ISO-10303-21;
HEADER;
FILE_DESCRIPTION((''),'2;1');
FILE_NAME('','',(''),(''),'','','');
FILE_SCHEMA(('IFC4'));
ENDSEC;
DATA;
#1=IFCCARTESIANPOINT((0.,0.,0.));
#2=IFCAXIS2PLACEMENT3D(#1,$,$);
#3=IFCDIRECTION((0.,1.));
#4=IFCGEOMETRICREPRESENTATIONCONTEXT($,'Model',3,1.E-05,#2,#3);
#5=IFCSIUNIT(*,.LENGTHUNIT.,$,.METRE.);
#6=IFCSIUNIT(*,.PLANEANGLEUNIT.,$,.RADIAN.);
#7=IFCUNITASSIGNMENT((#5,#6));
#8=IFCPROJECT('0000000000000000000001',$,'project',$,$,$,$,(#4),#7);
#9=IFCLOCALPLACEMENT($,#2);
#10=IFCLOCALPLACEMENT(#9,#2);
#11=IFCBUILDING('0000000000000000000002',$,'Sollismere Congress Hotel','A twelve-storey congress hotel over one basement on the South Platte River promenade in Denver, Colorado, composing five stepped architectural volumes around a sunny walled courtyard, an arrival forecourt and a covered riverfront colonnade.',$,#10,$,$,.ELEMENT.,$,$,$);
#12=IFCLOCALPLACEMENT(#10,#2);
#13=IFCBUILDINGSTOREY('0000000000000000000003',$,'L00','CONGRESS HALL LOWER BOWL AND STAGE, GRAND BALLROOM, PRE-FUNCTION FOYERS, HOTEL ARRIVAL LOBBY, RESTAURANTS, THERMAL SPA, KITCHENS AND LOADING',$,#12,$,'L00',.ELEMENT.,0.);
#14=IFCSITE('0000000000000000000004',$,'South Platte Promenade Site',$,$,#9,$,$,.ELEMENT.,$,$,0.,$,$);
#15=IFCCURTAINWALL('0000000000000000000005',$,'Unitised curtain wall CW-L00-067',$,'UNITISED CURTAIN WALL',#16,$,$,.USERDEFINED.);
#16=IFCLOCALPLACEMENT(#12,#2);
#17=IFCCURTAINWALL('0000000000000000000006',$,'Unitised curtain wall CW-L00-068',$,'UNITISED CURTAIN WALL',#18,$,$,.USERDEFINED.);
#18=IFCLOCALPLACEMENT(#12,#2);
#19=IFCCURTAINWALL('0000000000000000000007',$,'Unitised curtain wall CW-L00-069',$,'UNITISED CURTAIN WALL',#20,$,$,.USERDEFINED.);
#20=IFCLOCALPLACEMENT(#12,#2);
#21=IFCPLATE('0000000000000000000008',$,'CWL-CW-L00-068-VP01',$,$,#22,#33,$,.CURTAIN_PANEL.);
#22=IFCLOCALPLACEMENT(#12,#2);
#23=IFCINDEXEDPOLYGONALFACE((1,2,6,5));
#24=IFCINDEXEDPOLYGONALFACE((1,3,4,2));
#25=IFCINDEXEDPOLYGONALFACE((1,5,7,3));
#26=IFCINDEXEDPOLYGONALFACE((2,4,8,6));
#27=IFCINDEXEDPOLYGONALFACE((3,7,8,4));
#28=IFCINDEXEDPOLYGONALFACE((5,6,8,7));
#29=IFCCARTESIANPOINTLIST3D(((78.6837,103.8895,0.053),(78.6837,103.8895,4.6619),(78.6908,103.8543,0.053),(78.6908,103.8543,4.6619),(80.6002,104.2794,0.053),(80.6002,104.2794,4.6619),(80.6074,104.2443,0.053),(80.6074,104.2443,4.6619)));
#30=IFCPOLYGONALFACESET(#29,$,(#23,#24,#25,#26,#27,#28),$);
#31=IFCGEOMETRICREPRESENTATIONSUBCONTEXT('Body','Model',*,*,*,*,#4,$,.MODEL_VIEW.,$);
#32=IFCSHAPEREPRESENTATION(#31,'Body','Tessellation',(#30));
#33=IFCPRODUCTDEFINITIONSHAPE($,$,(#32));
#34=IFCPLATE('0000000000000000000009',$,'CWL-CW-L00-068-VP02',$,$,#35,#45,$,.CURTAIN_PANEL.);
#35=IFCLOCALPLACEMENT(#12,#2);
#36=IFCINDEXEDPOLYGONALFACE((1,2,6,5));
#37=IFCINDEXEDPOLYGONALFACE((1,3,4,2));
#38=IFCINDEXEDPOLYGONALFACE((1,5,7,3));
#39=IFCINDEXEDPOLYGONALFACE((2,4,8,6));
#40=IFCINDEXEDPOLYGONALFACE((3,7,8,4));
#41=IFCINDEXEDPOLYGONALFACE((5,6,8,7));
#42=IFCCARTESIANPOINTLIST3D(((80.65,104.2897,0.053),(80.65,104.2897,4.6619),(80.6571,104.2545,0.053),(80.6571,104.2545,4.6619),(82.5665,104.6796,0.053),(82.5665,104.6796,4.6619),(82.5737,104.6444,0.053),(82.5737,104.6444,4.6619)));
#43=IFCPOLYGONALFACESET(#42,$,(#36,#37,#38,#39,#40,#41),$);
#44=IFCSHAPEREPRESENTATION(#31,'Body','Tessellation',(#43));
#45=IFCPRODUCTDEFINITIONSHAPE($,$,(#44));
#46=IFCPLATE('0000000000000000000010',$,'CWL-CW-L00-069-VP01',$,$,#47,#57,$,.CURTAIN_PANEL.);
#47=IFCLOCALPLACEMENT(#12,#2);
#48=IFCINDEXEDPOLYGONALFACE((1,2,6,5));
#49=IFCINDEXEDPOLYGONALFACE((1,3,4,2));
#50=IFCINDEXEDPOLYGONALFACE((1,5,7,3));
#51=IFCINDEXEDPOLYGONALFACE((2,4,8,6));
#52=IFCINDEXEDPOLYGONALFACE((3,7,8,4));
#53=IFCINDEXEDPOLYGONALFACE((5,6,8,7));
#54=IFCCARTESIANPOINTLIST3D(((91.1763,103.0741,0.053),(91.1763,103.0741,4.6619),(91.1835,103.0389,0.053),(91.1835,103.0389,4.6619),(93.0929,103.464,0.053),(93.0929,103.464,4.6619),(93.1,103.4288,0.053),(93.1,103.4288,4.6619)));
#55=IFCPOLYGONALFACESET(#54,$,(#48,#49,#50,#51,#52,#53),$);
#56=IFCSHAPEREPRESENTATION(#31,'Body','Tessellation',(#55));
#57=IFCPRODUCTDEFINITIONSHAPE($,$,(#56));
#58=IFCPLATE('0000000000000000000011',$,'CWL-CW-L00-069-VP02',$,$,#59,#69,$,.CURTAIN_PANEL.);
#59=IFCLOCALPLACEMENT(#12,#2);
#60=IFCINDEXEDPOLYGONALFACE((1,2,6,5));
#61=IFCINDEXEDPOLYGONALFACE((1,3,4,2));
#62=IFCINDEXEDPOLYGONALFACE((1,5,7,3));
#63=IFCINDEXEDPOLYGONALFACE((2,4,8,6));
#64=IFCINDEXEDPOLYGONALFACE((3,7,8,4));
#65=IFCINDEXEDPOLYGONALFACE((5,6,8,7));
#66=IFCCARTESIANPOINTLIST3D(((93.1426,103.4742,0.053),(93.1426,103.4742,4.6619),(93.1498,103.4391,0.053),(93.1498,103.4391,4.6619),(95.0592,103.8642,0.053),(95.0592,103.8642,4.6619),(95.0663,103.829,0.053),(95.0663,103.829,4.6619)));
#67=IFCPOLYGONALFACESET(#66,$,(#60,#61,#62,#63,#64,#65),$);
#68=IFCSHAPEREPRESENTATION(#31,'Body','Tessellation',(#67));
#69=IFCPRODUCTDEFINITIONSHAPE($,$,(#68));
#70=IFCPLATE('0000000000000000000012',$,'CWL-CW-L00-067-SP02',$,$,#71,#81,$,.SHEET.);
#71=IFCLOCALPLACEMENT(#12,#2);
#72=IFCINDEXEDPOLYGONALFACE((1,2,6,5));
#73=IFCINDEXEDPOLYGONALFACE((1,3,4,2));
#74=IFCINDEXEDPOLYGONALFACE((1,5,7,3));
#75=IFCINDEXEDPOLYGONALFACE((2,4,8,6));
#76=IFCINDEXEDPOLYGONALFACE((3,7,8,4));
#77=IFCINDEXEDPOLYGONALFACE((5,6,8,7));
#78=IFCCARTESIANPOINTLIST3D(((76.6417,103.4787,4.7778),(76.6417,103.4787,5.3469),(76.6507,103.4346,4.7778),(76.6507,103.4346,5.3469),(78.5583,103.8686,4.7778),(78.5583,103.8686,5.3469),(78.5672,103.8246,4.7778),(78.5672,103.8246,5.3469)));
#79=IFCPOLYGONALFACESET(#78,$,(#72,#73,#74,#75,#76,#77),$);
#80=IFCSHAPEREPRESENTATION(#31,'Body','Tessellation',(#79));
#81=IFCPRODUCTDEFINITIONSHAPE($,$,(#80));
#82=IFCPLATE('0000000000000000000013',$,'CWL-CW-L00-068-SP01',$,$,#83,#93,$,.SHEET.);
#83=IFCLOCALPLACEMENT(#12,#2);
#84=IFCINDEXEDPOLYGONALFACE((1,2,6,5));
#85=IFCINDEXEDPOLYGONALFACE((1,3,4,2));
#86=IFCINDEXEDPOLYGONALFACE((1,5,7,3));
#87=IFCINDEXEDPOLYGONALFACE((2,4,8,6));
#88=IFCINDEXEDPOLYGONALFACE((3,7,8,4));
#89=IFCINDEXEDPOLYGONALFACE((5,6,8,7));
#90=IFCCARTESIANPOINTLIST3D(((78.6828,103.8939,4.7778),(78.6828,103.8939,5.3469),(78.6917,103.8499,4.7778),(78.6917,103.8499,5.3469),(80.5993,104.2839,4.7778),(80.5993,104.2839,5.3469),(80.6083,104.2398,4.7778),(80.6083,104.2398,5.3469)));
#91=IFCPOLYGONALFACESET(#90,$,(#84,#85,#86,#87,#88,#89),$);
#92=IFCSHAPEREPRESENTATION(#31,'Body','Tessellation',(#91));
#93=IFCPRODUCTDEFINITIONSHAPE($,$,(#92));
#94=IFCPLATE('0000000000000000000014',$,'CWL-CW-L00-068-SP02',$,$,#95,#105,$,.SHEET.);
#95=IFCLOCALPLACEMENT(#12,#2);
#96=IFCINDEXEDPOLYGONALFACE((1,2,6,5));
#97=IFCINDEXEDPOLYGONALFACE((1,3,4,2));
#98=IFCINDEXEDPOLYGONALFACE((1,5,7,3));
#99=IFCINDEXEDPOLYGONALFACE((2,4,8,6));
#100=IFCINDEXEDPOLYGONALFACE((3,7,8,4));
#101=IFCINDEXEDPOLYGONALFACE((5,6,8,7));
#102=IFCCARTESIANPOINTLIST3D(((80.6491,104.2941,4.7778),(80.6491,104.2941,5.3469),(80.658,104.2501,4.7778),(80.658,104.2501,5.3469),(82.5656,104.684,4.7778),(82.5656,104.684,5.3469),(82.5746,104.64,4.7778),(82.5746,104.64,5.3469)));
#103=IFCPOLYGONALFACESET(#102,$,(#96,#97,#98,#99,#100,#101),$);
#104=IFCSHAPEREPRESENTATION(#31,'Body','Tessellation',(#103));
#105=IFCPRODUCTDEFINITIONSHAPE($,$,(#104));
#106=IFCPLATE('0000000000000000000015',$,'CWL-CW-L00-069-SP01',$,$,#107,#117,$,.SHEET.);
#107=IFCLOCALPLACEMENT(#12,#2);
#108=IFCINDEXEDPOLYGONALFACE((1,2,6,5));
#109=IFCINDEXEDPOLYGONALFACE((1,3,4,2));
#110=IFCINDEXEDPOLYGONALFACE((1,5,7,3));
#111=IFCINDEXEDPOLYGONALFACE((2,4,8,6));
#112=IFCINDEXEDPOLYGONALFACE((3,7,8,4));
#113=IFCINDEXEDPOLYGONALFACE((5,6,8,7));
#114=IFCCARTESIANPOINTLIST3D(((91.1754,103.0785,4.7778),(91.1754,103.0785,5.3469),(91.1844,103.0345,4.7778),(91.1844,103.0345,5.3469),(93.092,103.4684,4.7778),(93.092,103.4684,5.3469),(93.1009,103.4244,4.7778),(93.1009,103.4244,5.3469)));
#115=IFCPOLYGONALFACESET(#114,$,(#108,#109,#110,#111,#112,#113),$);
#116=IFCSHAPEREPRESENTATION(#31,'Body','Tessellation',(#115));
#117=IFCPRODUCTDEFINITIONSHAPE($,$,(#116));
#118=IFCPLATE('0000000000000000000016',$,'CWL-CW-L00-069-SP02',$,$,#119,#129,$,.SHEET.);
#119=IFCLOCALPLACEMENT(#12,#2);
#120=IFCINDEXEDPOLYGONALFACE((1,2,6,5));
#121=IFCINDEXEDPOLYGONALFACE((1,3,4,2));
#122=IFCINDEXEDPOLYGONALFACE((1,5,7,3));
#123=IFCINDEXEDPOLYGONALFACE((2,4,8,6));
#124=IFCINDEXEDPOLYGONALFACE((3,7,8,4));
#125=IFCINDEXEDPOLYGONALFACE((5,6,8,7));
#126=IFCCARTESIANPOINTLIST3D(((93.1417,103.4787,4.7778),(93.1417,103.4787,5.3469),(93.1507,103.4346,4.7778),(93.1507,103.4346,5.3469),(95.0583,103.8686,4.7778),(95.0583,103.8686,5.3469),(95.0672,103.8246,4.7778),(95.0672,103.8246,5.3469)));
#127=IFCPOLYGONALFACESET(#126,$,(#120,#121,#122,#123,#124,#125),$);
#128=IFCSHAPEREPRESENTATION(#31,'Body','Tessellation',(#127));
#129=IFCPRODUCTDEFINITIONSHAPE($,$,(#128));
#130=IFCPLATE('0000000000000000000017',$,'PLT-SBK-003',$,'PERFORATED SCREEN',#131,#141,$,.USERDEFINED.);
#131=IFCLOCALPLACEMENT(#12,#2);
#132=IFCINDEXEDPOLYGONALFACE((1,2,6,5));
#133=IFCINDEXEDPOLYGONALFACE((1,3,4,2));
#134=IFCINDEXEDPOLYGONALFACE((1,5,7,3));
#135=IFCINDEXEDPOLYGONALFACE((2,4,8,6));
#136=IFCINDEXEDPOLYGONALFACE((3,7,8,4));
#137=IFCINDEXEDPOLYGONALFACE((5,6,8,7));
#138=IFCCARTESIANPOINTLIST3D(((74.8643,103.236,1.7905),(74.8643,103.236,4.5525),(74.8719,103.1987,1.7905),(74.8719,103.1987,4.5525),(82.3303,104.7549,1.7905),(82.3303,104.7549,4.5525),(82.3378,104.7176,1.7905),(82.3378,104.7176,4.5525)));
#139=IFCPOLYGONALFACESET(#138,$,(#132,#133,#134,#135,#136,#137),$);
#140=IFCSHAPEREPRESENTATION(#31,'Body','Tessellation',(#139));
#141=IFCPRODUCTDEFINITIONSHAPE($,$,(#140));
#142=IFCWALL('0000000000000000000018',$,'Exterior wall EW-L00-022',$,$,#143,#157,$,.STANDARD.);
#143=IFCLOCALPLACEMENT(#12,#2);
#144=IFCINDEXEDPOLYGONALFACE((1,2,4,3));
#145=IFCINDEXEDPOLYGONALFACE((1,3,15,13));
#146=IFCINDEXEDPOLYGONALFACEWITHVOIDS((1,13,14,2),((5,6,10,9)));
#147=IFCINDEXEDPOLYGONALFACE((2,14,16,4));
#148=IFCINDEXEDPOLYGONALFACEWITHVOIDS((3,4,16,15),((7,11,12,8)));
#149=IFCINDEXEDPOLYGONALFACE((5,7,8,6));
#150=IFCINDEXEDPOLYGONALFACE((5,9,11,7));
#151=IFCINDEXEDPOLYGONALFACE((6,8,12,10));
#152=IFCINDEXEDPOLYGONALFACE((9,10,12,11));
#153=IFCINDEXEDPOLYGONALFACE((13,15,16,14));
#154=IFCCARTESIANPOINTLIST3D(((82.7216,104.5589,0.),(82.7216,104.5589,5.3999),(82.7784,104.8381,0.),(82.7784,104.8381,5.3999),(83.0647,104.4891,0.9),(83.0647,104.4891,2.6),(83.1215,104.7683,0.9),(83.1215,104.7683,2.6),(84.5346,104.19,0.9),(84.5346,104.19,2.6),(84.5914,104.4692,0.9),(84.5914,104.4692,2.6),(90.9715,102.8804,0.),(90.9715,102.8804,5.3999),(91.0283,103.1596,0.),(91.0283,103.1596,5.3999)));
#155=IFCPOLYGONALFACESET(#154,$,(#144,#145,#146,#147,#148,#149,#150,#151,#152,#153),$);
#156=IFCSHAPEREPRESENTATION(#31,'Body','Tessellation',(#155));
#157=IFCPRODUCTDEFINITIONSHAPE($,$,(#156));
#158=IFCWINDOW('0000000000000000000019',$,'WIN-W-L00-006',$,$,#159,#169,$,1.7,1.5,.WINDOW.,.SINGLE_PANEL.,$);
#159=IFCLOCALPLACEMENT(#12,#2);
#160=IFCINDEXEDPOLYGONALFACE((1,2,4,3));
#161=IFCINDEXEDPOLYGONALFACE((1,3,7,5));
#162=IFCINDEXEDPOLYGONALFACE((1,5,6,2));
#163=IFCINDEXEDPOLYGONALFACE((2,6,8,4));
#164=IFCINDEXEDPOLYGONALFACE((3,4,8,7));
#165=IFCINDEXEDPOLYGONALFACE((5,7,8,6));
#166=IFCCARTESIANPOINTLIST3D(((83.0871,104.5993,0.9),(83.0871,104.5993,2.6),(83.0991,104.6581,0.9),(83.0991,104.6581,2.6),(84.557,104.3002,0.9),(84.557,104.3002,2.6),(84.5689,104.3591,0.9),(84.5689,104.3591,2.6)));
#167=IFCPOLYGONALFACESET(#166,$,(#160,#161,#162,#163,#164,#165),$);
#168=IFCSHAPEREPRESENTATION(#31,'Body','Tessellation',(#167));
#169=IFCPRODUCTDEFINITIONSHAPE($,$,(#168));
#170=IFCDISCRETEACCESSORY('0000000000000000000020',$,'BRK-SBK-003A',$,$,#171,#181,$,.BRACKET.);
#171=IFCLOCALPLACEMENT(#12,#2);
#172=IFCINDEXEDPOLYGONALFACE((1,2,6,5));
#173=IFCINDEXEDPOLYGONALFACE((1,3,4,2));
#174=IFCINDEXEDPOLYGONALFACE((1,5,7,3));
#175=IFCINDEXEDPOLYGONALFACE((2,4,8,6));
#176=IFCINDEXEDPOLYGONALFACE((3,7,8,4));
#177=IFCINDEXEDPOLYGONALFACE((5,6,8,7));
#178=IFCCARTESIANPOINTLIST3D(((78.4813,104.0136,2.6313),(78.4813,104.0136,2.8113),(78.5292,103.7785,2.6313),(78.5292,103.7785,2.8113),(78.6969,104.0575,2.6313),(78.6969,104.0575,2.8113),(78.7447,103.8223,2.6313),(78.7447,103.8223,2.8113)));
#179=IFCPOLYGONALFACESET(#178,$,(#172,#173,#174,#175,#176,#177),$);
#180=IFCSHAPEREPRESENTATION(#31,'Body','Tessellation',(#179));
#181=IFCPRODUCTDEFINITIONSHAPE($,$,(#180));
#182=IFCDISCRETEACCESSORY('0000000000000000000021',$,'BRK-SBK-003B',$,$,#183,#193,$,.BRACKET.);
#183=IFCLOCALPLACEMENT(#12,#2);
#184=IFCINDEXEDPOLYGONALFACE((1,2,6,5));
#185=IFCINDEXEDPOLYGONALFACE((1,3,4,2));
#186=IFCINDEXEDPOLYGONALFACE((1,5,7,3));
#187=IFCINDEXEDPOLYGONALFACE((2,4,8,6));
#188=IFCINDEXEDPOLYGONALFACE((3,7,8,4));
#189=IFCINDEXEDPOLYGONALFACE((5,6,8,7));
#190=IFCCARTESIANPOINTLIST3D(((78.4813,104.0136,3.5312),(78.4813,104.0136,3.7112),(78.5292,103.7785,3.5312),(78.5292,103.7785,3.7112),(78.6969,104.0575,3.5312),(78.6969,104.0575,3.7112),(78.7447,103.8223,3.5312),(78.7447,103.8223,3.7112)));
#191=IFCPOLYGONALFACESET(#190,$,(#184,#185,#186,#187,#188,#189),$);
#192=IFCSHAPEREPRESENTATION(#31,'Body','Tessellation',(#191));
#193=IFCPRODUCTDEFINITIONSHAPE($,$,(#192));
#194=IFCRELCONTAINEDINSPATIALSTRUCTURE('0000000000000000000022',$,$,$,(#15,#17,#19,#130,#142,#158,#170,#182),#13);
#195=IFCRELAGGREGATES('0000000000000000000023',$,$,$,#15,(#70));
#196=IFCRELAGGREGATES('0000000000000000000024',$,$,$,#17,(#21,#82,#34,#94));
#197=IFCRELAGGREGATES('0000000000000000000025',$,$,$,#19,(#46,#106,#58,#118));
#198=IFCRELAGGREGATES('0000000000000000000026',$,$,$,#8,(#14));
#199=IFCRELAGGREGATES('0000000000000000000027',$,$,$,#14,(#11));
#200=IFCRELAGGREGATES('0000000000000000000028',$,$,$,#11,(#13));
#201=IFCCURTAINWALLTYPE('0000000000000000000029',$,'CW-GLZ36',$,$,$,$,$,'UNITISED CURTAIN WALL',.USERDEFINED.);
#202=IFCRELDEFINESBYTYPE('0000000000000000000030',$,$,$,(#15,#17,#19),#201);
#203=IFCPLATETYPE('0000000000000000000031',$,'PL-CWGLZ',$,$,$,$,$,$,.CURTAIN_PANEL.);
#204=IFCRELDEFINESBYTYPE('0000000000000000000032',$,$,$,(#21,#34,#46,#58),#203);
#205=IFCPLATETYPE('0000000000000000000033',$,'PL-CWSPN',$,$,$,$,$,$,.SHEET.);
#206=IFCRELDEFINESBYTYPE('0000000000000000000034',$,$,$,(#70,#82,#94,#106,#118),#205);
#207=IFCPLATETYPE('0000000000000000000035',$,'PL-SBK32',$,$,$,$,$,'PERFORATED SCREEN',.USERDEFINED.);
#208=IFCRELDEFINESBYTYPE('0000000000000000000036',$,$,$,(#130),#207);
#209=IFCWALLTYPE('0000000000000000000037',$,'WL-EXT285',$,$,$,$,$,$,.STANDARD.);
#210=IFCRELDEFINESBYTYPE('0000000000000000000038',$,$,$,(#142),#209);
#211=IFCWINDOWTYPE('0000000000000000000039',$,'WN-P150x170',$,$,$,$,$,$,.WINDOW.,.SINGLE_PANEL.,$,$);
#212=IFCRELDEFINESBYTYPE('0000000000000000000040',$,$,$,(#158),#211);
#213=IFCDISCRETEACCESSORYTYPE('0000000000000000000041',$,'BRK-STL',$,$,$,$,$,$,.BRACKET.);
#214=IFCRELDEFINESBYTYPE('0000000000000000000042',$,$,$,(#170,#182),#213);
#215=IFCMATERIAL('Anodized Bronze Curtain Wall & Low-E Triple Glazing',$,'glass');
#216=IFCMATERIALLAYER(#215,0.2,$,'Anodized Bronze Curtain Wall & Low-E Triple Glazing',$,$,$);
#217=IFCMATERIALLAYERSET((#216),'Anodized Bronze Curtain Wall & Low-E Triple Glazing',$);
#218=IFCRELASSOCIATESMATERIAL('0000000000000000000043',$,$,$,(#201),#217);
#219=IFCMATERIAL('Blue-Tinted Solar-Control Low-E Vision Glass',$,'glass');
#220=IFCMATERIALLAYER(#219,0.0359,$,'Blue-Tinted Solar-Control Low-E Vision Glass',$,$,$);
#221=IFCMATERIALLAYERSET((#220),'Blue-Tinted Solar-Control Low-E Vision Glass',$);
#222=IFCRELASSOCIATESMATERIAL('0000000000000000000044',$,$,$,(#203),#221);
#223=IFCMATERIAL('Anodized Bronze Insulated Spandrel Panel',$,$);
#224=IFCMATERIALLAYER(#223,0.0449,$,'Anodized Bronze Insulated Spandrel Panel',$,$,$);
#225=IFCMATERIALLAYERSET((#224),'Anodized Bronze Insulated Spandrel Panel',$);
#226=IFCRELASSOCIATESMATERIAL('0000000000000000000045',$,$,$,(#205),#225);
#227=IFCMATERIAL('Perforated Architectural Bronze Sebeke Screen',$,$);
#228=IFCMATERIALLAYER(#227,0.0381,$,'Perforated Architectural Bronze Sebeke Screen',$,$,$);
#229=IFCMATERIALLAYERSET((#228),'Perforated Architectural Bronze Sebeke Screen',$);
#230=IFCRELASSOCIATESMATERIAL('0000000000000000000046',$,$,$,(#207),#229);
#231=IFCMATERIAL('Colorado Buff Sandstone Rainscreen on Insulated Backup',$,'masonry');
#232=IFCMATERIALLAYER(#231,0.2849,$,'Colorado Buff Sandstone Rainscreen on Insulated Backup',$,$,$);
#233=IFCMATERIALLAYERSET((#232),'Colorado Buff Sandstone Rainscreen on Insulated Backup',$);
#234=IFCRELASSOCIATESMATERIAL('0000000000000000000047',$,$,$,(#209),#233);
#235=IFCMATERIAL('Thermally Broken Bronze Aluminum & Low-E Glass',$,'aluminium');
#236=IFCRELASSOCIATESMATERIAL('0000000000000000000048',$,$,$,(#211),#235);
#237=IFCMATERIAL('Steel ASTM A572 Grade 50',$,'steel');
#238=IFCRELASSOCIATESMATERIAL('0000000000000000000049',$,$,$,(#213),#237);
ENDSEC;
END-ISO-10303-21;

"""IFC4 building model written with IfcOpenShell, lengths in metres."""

from ifc_helpers import new_model, si_unit, direction, frame, frame_2d, origin, origin_2d, place, context, subcontext, project, spatial, rectangle, extrude, material, layer, layer_set, type_object, element, fill, aggregate, save


model = new_model("IFC4")

# Units and contexts
model_context = context("Model", 3, precision=1e-05, world=origin(), true_north=direction((0.0, 1.0)))
body_context = subcontext(model_context, "Body", "Model", "MODEL_VIEW")
ifc_project = project(units=[si_unit("LENGTHUNIT", "METRE"), si_unit("PLANEANGLEUNIT", "RADIAN")], contexts=[model_context])

# Site, building, storey
site_placement = place(None, origin())
site = spatial("IfcSite", under=ifc_project, at=site_placement, Name="South Platte Promenade Site", CompositionType="ELEMENT", RefElevation=0.0)
building_placement = place(site_placement, origin())
building = spatial("IfcBuilding", under=site, at=building_placement, Name="Sollismere Congress Hotel", Description="A twelve-storey congress hotel over one basement on the South Platte River promenade in Denver, Colorado, composing five stepped architectural volumes around a sunny walled courtyard, an arrival forecourt and a covered riverfront colonnade.", CompositionType="ELEMENT")
storey_placement = place(building_placement, origin())
storey = spatial("IfcBuildingStorey", under=building, at=storey_placement, Name="L00", Description="CONGRESS HALL LOWER BOWL AND STAGE, GRAND BALLROOM, PRE-FUNCTION FOYERS, HOTEL ARRIVAL LOBBY, RESTAURANTS, THERMAL SPA, KITCHENS AND LOADING", LongName="L00", CompositionType="ELEMENT", Elevation=0.0)

# Curtain wall
ifc_material_1 = material(Name="Anodized Bronze Curtain Wall & Low-E Triple Glazing", Category="glass")
ifc_layer_1 = layer(ifc_material_1, 0.2, Name="Anodized Bronze Curtain Wall & Low-E Triple Glazing")
ifc_layer_set_1 = layer_set([ifc_layer_1], Name="Anodized Bronze Curtain Wall & Low-E Triple Glazing")
curtain_wall_type = type_object("IfcCurtainWallType", Name="CW-GLZ36", ElementType="UNITISED CURTAIN WALL", PredefinedType="USERDEFINED", material=ifc_layer_set_1)
curtain_wall_1_placement = place(storey_placement, origin())
curtain_wall_1 = element("IfcCurtainWall", 1, at=curtain_wall_1_placement, inside=storey, type_object=curtain_wall_type, Name="Unitised curtain wall CW-L00-067", ObjectType="UNITISED CURTAIN WALL", PredefinedType="USERDEFINED")

# Curtain walls
curtain_wall_2_placement = place(storey_placement, origin())
curtain_wall_2 = element("IfcCurtainWall", 2, at=curtain_wall_2_placement, inside=storey, type_object=curtain_wall_type, Name="Unitised curtain wall CW-L00-068", ObjectType="UNITISED CURTAIN WALL", PredefinedType="USERDEFINED")
curtain_wall_3_placement = place(storey_placement, origin())
curtain_wall_3 = element("IfcCurtainWall", 3, at=curtain_wall_3_placement, inside=storey, type_object=curtain_wall_type, Name="Unitised curtain wall CW-L00-069", ObjectType="UNITISED CURTAIN WALL", PredefinedType="USERDEFINED")

# Plates
ifc_material_2 = material(Name="Blue-Tinted Solar-Control Low-E Vision Glass", Category="glass")
ifc_layer_2 = layer(ifc_material_2, 0.0359, Name="Blue-Tinted Solar-Control Low-E Vision Glass")
ifc_layer_set_2 = layer_set([ifc_layer_2], Name="Blue-Tinted Solar-Control Low-E Vision Glass")
plate_type_1 = type_object("IfcPlateType", Name="PL-CWGLZ", PredefinedType="CURTAIN_PANEL", material=ifc_layer_set_2)
plate_1_placement = place(storey_placement, frame((79.6455, 104.0669, 0.053), z_axis=(0.0, 0.0, 1.0), x_axis=(0.979925, 0.199368, 0.0)))
plate_1 = element("IfcPlate", 4, at=plate_1_placement, type_object=plate_type_1, Name="CWL-CW-L00-068-VP01", PredefinedType="CURTAIN_PANEL", context=body_context, shape_type="SweptSolid", body=[
    extrude(rectangle(XDim=1.9558, YDim=0.0359, at=origin_2d()), origin(), (0.0, 0.0, 1.0), 4.6089),
])
plate_2_placement = place(storey_placement, frame((81.6118, 104.467, 0.053), z_axis=(0.0, 0.0, 1.0), x_axis=(0.979925, 0.199368, 0.0)))
plate_2 = element("IfcPlate", 5, at=plate_2_placement, type_object=plate_type_1, Name="CWL-CW-L00-068-VP02", PredefinedType="CURTAIN_PANEL", context=body_context, shape_type="SweptSolid", body=[
    extrude(rectangle(XDim=1.9558, YDim=0.0359, at=origin_2d()), origin(), (0.0, 0.0, 1.0), 4.6089),
])
plate_3_placement = place(storey_placement, frame((92.1382, 103.2515, 0.053), z_axis=(0.0, 0.0, 1.0), x_axis=(0.979925, 0.199368, 0.0)))
plate_3 = element("IfcPlate", 6, at=plate_3_placement, type_object=plate_type_1, Name="CWL-CW-L00-069-VP01", PredefinedType="CURTAIN_PANEL", context=body_context, shape_type="SweptSolid", body=[
    extrude(rectangle(XDim=1.9558, YDim=0.0359, at=origin_2d()), origin(), (0.0, 0.0, 1.0), 4.6089),
])
plate_4_placement = place(storey_placement, frame((94.1045, 103.6516, 0.053), z_axis=(0.0, 0.0, 1.0), x_axis=(0.979925, 0.199368, 0.0)))
plate_4 = element("IfcPlate", 7, at=plate_4_placement, type_object=plate_type_1, Name="CWL-CW-L00-069-VP02", PredefinedType="CURTAIN_PANEL", context=body_context, shape_type="SweptSolid", body=[
    extrude(rectangle(XDim=1.9558, YDim=0.0359, at=origin_2d()), origin(), (0.0, 0.0, 1.0), 4.6089),
])
ifc_material_3 = material(Name="Anodized Bronze Insulated Spandrel Panel")
ifc_layer_3 = layer(ifc_material_3, 0.0449, Name="Anodized Bronze Insulated Spandrel Panel")
ifc_layer_set_3 = layer_set([ifc_layer_3], Name="Anodized Bronze Insulated Spandrel Panel")
plate_type_2 = type_object("IfcPlateType", Name="PL-CWSPN", PredefinedType="SHEET", material=ifc_layer_set_3)
plate_5_placement = place(storey_placement, frame((77.6045, 103.6516, 4.7778), z_axis=(0.0, 0.0, 1.0), x_axis=(0.979925, 0.199368, 0.0)))
plate_5 = element("IfcPlate", 8, at=plate_5_placement, type_object=plate_type_2, Name="CWL-CW-L00-067-SP02", PredefinedType="SHEET", context=body_context, shape_type="SweptSolid", body=[
    extrude(rectangle(XDim=1.9558, YDim=0.0449, at=origin_2d()), origin(), (0.0, 0.0, 1.0), 0.5691),
])
aggregate(curtain_wall_1, [plate_5])
plate_6_placement = place(storey_placement, frame((79.6455, 104.0669, 4.7778), z_axis=(0.0, 0.0, 1.0), x_axis=(0.979925, 0.199368, 0.0)))
plate_6 = element("IfcPlate", 9, at=plate_6_placement, type_object=plate_type_2, Name="CWL-CW-L00-068-SP01", PredefinedType="SHEET", context=body_context, shape_type="SweptSolid", body=[
    extrude(rectangle(XDim=1.9558, YDim=0.0449, at=origin_2d()), origin(), (0.0, 0.0, 1.0), 0.5691),
])
plate_7_placement = place(storey_placement, frame((81.6118, 104.467, 4.7778), z_axis=(0.0, 0.0, 1.0), x_axis=(0.979925, 0.199368, 0.0)))
plate_7 = element("IfcPlate", 10, at=plate_7_placement, type_object=plate_type_2, Name="CWL-CW-L00-068-SP02", PredefinedType="SHEET", context=body_context, shape_type="SweptSolid", body=[
    extrude(rectangle(XDim=1.9558, YDim=0.0449, at=origin_2d()), origin(), (0.0, 0.0, 1.0), 0.5691),
])
aggregate(curtain_wall_2, [plate_1, plate_6, plate_2, plate_7])
plate_8_placement = place(storey_placement, frame((92.1382, 103.2515, 4.7778), z_axis=(0.0, 0.0, 1.0), x_axis=(0.979925, 0.199368, 0.0)))
plate_8 = element("IfcPlate", 11, at=plate_8_placement, type_object=plate_type_2, Name="CWL-CW-L00-069-SP01", PredefinedType="SHEET", context=body_context, shape_type="SweptSolid", body=[
    extrude(rectangle(XDim=1.9558, YDim=0.0449, at=origin_2d()), origin(), (0.0, 0.0, 1.0), 0.5691),
])
plate_9_placement = place(storey_placement, frame((94.1045, 103.6516, 4.7778), z_axis=(0.0, 0.0, 1.0), x_axis=(0.979925, 0.199368, 0.0)))
plate_9 = element("IfcPlate", 12, at=plate_9_placement, type_object=plate_type_2, Name="CWL-CW-L00-069-SP02", PredefinedType="SHEET", context=body_context, shape_type="SweptSolid", body=[
    extrude(rectangle(XDim=1.9558, YDim=0.0449, at=origin_2d()), origin(), (0.0, 0.0, 1.0), 0.5691),
])
aggregate(curtain_wall_3, [plate_3, plate_8, plate_4, plate_9])
ifc_material_4 = material(Name="Perforated Architectural Bronze Sebeke Screen")
ifc_layer_4 = layer(ifc_material_4, 0.0381, Name="Perforated Architectural Bronze Sebeke Screen")
ifc_layer_set_4 = layer_set([ifc_layer_4], Name="Perforated Architectural Bronze Sebeke Screen")
plate_type_3 = type_object("IfcPlateType", Name="PL-SBK32", ElementType="PERFORATED SCREEN", PredefinedType="USERDEFINED", material=ifc_layer_set_4)
plate_10_placement = place(storey_placement, frame((78.6011, 103.9768, 1.7905), z_axis=(0.0, 0.0, 1.0), x_axis=(0.979925, 0.199368, 0.0)))
element("IfcPlate", 13, at=plate_10_placement, inside=storey, type_object=plate_type_3, Name="PLT-SBK-003", ObjectType="PERFORATED SCREEN", PredefinedType="USERDEFINED", context=body_context, shape_type="SweptSolid", body=[
    extrude(rectangle(XDim=7.6189, YDim=0.0381, at=origin_2d()), origin(), (0.0, 0.0, 1.0), 2.762),
])

# Wall, opening, window
ifc_material_5 = material(Name="Colorado Buff Sandstone Rainscreen on Insulated Backup", Category="masonry")
ifc_layer_5 = layer(ifc_material_5, 0.2849, Name="Colorado Buff Sandstone Rainscreen on Insulated Backup")
ifc_layer_set_5 = layer_set([ifc_layer_5], Name="Colorado Buff Sandstone Rainscreen on Insulated Backup")
wall_type = type_object("IfcWallType", Name="WL-EXT285", PredefinedType="STANDARD", material=ifc_layer_set_5)
wall_placement = place(storey_placement, frame((82.75, 104.6985, 0.0), z_axis=(0.0, 0.0, 1.0), x_axis=(0.979925, -0.199366, 0.0)))
wall = element("IfcWall", 14, at=wall_placement, inside=storey, type_object=wall_type, Name="Exterior wall EW-L00-022", PredefinedType="STANDARD", context=body_context, shape_type="SweptSolid", body=[
    extrude(rectangle(XDim=8.4189, YDim=0.2849, at=frame_2d((4.2095, 0.0))), origin(), (0.0, 0.0, 1.0), 5.3999),
])
opening_placement = place(wall_placement, frame((0.3501, 0.0, 0.8999)))
opening = element("IfcOpeningElement", 15, at=opening_placement, cuts=wall, PredefinedType="OPENING", context=body_context, shape_type="SweptSolid", body=[
    extrude(rectangle(XDim=1.5, YDim=1.7, at=frame_2d((0.75, 0.8501))), frame((0.0, 0.1523, 0.0), z_axis=(0.0, -1.0, 0.0), x_axis=(1.0, 0.0, 0.0)), (0.0, 0.0, 1.0), 0.3049),
])
ifc_material_6 = material(Name="Thermally Broken Bronze Aluminum & Low-E Glass", Category="aluminium")
window_type = type_object("IfcWindowType", Name="WN-P150x170", PartitioningType="SINGLE_PANEL", PredefinedType="WINDOW", material=ifc_material_6)
window_placement = place(opening_placement, origin())
window = element("IfcWindow", 16, at=window_placement, inside=storey, type_object=window_type, Name="WIN-W-L00-006", OverallHeight=1.7, OverallWidth=1.5, PartitioningType="SINGLE_PANEL", PredefinedType="WINDOW", context=body_context, shape_type="SweptSolid", body=[
    extrude(rectangle(XDim=1.5, YDim=1.7, at=frame_2d((0.75, 0.8501))), frame((0.0, 0.03, 0.0), z_axis=(0.0, -1.0, 0.0), x_axis=(1.0, 0.0, 0.0)), (0.0, 0.0, 1.0), 0.0601),
])
fill(opening, window)

# Discrete accessories
ifc_material_7 = material(Name="Steel ASTM A572 Grade 50", Category="steel")
discrete_accessory_type = type_object("IfcDiscreteAccessoryType", Name="BRK-STL", PredefinedType="BRACKET", material=ifc_material_7)
for number, where, z_axis, x_axis, name in (
    (17, (78.613, 103.918, 2.6313), (0.0, 0.0, 1.0), (0.979925, 0.199368, 0.0), "BRK-SBK-003A"),
    (18, (78.613, 103.918, 3.5312), (0.0, 0.0, 1.0), (0.979925, 0.199368, 0.0), "BRK-SBK-003B"),
):
    element("IfcDiscreteAccessory", number, at=place(storey_placement, frame(where, z_axis=z_axis, x_axis=x_axis)), inside=storey, type_object=discrete_accessory_type, Name=name, PredefinedType="BRACKET", context=body_context, shape_type="SweptSolid", body=[
        extrude(rectangle(XDim=0.22, YDim=0.24, at=origin_2d()), origin(), (0.0, 0.0, 1.0), 0.1799),
    ])

save(model, "model.ifc")
